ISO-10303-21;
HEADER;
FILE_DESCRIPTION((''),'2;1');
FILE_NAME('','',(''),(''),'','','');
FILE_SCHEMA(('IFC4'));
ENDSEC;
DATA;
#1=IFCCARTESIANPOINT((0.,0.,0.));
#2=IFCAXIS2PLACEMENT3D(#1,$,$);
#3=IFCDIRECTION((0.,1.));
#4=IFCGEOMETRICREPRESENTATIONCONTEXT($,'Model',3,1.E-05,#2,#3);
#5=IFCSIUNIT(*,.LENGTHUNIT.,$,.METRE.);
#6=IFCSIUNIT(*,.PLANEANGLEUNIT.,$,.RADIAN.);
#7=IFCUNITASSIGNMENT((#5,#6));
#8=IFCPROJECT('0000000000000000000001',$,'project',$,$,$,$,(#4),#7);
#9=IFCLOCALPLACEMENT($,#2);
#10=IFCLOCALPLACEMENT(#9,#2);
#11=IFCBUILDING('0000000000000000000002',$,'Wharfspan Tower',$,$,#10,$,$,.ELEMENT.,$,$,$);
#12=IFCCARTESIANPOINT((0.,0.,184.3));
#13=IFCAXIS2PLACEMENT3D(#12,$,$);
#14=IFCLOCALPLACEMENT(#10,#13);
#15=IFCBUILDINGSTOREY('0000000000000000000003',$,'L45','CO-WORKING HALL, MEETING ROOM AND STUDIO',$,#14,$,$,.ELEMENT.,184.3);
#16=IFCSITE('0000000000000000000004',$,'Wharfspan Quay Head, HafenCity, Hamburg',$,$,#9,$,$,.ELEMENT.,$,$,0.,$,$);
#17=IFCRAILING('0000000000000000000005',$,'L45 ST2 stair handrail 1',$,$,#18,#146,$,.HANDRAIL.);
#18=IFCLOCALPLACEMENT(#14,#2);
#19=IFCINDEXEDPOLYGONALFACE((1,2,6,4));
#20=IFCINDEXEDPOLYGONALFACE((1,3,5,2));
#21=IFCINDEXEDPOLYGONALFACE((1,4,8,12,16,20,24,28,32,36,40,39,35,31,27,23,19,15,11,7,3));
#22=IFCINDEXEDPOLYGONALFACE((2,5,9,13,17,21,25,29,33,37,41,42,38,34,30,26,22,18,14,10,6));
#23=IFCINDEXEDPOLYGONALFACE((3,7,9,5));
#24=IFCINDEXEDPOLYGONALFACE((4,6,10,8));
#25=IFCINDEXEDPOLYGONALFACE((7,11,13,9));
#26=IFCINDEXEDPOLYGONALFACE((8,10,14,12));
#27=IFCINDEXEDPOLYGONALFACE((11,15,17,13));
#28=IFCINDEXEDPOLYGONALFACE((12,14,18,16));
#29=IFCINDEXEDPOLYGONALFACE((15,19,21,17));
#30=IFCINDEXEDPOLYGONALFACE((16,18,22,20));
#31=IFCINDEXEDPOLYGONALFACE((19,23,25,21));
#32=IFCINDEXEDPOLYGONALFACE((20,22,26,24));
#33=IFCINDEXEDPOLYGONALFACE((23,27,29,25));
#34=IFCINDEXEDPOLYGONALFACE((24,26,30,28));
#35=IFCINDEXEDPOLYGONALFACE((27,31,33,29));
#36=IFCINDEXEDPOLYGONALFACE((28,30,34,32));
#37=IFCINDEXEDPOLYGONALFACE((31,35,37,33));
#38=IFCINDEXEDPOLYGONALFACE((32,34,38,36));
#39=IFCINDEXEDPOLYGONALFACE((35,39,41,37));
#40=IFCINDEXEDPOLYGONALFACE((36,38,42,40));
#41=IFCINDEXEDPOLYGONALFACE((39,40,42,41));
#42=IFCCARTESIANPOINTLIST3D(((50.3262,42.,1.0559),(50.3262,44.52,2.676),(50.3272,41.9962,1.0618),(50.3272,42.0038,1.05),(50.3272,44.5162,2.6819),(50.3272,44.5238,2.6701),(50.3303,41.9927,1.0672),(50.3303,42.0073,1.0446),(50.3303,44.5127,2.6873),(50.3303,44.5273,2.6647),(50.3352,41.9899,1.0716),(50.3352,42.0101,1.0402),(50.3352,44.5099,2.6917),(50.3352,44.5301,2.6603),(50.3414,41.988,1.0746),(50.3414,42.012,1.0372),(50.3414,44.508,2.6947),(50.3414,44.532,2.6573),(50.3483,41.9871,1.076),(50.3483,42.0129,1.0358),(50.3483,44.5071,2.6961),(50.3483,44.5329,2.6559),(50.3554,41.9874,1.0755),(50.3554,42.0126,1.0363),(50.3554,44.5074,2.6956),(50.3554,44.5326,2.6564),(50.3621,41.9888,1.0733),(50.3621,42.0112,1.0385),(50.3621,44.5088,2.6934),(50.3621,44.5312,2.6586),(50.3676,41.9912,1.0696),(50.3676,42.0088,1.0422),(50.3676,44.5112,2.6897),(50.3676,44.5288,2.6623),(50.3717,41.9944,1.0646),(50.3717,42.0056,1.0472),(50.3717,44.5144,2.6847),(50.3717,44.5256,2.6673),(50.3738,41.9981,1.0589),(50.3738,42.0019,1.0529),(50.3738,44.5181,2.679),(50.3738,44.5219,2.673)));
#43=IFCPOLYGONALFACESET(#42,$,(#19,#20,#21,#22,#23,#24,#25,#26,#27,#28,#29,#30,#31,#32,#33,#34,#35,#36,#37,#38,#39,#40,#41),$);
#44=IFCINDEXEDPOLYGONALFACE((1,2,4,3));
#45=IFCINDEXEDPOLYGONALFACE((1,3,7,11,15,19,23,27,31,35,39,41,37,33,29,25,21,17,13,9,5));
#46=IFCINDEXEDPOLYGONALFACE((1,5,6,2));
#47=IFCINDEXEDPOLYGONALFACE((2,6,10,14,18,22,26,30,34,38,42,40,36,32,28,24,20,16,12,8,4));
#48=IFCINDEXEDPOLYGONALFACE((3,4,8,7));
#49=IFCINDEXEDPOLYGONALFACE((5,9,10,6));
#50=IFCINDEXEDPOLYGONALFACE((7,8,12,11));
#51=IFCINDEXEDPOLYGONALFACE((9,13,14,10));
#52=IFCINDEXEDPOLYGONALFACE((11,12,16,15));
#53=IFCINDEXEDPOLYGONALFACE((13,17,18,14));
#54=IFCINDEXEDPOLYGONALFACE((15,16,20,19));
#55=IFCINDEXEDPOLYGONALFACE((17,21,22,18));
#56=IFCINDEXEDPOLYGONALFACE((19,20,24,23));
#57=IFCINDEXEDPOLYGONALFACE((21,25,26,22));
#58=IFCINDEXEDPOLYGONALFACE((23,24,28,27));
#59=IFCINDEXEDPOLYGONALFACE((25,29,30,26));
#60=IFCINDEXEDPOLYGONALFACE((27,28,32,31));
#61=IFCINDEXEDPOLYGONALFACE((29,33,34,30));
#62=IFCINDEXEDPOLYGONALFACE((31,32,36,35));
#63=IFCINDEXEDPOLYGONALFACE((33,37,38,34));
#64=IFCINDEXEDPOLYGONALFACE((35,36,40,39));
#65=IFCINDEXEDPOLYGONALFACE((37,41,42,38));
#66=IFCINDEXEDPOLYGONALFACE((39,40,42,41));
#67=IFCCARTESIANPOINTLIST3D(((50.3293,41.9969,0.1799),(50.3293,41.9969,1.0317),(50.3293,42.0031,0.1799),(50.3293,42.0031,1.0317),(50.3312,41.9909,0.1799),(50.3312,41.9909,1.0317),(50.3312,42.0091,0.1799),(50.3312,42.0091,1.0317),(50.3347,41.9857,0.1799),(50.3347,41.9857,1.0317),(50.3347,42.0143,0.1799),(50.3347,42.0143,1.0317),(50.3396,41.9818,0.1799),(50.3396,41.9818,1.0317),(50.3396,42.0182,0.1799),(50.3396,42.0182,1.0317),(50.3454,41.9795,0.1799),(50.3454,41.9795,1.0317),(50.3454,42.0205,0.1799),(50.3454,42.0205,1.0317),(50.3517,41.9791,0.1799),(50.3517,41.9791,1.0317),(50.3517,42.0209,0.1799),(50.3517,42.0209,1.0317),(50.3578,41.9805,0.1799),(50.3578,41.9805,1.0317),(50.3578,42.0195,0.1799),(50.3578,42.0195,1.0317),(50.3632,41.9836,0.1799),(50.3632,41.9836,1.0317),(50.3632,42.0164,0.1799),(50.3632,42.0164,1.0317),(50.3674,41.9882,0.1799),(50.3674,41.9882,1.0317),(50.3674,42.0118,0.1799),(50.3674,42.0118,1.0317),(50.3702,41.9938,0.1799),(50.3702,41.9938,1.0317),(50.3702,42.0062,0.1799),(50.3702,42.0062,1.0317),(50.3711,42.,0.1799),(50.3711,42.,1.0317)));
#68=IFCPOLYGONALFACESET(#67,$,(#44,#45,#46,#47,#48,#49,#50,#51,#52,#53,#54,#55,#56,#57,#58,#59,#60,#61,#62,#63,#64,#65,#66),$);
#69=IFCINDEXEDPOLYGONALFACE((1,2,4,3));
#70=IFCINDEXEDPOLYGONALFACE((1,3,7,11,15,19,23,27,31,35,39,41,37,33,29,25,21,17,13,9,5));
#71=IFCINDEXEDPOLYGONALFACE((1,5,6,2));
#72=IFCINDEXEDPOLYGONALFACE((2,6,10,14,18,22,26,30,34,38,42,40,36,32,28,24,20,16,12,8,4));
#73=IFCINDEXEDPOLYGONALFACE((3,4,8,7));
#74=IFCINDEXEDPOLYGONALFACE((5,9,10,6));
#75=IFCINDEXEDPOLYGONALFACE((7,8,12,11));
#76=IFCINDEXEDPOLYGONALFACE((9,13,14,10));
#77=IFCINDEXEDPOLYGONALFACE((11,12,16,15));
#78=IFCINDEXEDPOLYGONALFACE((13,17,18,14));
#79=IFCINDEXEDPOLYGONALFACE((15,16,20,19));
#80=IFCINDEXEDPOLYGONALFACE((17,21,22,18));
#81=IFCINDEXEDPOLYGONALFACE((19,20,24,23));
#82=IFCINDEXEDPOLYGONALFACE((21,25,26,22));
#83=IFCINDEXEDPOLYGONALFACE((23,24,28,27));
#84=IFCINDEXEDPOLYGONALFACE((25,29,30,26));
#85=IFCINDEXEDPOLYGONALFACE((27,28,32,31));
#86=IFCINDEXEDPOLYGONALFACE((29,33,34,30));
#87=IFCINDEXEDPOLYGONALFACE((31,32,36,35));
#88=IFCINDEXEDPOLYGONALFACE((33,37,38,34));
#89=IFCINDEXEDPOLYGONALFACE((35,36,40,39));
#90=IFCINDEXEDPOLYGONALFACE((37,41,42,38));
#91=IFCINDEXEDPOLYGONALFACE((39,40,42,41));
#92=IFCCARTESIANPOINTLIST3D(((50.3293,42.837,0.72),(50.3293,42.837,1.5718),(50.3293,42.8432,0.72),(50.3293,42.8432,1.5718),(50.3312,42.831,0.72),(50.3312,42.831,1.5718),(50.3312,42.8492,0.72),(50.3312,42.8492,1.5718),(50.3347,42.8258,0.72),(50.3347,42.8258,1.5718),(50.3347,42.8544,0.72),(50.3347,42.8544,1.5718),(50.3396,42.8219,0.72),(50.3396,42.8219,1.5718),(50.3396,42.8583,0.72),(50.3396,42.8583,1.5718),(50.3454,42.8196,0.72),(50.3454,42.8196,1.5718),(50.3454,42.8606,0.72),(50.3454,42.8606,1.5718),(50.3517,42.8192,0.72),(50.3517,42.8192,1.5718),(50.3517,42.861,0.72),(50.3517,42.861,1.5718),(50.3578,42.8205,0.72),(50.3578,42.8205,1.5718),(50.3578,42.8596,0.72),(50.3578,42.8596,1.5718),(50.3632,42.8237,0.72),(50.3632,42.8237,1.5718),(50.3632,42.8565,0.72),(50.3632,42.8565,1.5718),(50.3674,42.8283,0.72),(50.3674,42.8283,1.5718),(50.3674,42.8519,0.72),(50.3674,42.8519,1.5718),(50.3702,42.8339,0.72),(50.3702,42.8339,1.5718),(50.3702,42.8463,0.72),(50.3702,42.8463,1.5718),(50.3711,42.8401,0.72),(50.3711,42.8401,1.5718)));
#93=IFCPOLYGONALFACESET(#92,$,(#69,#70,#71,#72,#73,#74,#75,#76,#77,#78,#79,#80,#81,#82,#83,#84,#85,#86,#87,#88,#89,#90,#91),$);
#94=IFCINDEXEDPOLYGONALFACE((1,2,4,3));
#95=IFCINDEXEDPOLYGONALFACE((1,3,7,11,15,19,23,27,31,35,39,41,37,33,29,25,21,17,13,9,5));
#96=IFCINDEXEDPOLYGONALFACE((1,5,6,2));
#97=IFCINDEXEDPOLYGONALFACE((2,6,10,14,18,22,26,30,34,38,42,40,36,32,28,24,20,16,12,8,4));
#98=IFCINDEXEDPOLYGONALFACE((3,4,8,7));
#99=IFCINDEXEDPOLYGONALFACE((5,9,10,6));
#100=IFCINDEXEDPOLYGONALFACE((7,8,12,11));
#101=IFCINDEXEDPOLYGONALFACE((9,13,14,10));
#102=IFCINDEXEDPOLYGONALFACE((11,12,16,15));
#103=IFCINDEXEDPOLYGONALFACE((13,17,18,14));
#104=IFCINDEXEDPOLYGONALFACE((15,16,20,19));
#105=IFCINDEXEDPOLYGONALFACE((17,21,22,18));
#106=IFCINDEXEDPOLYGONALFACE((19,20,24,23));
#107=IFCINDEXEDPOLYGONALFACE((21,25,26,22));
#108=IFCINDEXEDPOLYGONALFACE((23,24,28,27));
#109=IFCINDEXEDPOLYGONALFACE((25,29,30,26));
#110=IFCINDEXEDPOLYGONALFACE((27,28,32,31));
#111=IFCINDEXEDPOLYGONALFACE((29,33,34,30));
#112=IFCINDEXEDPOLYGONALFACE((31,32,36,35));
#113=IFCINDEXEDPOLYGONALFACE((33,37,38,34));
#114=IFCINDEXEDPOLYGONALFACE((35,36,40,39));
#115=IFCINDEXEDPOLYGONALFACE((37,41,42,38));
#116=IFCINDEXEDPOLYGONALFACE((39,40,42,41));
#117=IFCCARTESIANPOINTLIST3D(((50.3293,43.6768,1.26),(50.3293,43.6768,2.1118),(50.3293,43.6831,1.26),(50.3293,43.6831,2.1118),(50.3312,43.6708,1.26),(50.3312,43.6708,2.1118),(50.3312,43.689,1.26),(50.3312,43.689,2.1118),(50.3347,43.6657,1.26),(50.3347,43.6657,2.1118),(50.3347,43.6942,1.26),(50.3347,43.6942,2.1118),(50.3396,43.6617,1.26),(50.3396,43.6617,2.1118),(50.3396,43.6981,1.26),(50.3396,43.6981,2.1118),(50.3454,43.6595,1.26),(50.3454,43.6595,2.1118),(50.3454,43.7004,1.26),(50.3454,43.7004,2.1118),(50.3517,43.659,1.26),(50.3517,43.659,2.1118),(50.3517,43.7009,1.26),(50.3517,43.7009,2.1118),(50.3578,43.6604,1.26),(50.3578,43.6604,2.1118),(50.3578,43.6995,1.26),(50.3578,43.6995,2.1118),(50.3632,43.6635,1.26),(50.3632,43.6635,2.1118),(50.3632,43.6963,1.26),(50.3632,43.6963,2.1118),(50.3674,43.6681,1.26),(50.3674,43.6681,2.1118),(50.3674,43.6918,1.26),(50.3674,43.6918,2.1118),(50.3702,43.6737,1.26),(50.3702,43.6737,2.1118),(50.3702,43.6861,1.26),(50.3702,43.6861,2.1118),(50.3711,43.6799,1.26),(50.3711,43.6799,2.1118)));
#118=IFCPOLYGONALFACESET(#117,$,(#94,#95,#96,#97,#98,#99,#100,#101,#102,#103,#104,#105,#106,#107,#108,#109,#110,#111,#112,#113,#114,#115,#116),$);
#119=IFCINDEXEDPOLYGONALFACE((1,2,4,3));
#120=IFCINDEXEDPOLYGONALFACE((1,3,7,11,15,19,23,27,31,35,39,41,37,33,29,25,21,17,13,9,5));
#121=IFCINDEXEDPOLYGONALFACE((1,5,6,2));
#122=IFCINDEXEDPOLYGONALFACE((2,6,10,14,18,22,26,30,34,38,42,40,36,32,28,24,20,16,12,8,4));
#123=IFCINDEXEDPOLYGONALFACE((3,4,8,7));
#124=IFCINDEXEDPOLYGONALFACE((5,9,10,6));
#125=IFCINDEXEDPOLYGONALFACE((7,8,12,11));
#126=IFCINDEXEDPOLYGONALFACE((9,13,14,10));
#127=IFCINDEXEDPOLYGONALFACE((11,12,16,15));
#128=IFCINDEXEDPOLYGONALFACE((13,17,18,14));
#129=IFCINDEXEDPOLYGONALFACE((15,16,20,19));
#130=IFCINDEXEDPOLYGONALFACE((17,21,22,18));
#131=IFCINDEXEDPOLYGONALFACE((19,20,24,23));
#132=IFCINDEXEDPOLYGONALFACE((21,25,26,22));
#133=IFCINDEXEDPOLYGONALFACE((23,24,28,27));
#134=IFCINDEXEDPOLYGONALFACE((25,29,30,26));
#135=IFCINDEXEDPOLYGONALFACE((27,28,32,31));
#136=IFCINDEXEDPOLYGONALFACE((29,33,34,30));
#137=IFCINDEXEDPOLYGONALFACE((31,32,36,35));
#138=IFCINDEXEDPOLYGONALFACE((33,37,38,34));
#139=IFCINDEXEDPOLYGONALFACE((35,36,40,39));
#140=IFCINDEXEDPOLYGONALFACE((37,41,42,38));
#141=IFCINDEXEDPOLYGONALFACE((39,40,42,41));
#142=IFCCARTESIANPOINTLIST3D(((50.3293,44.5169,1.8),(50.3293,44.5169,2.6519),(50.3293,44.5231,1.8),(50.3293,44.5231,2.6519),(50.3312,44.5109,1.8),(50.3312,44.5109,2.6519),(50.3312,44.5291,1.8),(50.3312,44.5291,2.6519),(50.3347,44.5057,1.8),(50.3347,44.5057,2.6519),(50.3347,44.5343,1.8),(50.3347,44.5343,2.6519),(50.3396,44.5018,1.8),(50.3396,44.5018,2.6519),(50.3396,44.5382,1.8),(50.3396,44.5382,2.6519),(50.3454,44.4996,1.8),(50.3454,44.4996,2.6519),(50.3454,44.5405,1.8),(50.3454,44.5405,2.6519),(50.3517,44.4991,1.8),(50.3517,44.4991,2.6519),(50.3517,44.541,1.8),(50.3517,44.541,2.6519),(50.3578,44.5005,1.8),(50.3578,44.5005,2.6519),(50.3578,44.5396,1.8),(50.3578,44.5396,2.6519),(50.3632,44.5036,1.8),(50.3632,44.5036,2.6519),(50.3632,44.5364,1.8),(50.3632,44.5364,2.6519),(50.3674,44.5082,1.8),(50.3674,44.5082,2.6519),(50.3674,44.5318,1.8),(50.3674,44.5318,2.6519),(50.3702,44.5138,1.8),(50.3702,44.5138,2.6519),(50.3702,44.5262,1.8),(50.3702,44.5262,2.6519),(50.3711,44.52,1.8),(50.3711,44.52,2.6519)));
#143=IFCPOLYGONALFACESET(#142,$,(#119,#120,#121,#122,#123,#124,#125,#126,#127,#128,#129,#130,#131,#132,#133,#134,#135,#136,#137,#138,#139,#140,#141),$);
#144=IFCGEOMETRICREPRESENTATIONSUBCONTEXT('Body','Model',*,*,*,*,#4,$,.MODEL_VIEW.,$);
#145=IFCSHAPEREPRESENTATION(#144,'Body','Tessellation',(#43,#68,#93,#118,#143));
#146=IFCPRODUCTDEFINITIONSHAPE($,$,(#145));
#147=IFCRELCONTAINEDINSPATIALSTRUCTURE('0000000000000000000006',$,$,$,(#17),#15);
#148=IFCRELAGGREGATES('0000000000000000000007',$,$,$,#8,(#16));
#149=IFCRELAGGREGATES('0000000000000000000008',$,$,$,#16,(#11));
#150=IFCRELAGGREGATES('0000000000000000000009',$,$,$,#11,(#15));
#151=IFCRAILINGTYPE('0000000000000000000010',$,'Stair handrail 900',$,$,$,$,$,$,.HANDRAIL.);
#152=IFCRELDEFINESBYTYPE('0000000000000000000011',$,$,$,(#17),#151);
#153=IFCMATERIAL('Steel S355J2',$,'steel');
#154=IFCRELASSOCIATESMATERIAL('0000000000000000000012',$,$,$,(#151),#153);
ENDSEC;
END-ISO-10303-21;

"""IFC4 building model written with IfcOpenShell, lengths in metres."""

from ifc_helpers import new_model, si_unit, direction, frame, origin, origin_2d, place, context, subcontext, project, spatial, circle, extrude, material, type_object, element, save


model = new_model("IFC4")

# Units and contexts
model_context = context("Model", 3, precision=1e-05, world=origin(), true_north=direction((0.0, 1.0)))
body_context = subcontext(model_context, "Body", "Model", "MODEL_VIEW")
ifc_project = project(units=[si_unit("LENGTHUNIT", "METRE"), si_unit("PLANEANGLEUNIT", "RADIAN")], contexts=[model_context])

# Site, building, storey
site_placement = place(None, origin())
site = spatial("IfcSite", under=ifc_project, at=site_placement, Name="Wharfspan Quay Head, HafenCity, Hamburg", CompositionType="ELEMENT", RefElevation=0.0)
building_placement = place(site_placement, origin())
building = spatial("IfcBuilding", under=site, at=building_placement, Name="Wharfspan Tower", CompositionType="ELEMENT")
storey_placement = place(building_placement, frame((0.0, 0.0, 184.3)))
storey = spatial("IfcBuildingStorey", under=building, at=storey_placement, Name="L45", Description="CO-WORKING HALL, MEETING ROOM AND STUDIO", CompositionType="ELEMENT", Elevation=184.3)

# Railing
ifc_material_1 = material(Name="Steel S355J2", Category="steel")
railing_type_1 = type_object("IfcRailingType", Name="Stair handrail 900", PredefinedType="HANDRAIL", material=ifc_material_1)
railing_1_placement = place(storey_placement, frame((50.3501, 42.0, 0.1799)))
element("IfcRailing", 1, at=railing_1_placement, inside=storey, type_object=railing_type_1, Name="L45 ST2 stair handrail 1", PredefinedType="HANDRAIL", context=body_context, shape_type="SweptSolid", body=[
    extrude(circle(Radius=0.0239, at=origin_2d()), frame((0.0, 0.0, 0.876), z_axis=(0.0, 0.841163, 0.540782), x_axis=(-1.0, 0.0, 0.0)), (0.0, 0.0, 1.0), 2.9958),
    extrude(circle(Radius=0.021, at=origin_2d()), origin(), (0.0, 0.0, 1.0), 0.8518),
    extrude(circle(Radius=0.021, at=origin_2d()), frame((0.0, 0.8401, 0.54)), (0.0, 0.0, 1.0), 0.8518),
    extrude(circle(Radius=0.021, at=origin_2d()), frame((0.0, 1.6799, 1.0801)), (0.0, 0.0, 1.0), 0.8518),
    extrude(circle(Radius=0.021, at=origin_2d()), frame((0.0, 2.52, 1.6201)), (0.0, 0.0, 1.0), 0.8518),
])

save(model, "model.ifc")
